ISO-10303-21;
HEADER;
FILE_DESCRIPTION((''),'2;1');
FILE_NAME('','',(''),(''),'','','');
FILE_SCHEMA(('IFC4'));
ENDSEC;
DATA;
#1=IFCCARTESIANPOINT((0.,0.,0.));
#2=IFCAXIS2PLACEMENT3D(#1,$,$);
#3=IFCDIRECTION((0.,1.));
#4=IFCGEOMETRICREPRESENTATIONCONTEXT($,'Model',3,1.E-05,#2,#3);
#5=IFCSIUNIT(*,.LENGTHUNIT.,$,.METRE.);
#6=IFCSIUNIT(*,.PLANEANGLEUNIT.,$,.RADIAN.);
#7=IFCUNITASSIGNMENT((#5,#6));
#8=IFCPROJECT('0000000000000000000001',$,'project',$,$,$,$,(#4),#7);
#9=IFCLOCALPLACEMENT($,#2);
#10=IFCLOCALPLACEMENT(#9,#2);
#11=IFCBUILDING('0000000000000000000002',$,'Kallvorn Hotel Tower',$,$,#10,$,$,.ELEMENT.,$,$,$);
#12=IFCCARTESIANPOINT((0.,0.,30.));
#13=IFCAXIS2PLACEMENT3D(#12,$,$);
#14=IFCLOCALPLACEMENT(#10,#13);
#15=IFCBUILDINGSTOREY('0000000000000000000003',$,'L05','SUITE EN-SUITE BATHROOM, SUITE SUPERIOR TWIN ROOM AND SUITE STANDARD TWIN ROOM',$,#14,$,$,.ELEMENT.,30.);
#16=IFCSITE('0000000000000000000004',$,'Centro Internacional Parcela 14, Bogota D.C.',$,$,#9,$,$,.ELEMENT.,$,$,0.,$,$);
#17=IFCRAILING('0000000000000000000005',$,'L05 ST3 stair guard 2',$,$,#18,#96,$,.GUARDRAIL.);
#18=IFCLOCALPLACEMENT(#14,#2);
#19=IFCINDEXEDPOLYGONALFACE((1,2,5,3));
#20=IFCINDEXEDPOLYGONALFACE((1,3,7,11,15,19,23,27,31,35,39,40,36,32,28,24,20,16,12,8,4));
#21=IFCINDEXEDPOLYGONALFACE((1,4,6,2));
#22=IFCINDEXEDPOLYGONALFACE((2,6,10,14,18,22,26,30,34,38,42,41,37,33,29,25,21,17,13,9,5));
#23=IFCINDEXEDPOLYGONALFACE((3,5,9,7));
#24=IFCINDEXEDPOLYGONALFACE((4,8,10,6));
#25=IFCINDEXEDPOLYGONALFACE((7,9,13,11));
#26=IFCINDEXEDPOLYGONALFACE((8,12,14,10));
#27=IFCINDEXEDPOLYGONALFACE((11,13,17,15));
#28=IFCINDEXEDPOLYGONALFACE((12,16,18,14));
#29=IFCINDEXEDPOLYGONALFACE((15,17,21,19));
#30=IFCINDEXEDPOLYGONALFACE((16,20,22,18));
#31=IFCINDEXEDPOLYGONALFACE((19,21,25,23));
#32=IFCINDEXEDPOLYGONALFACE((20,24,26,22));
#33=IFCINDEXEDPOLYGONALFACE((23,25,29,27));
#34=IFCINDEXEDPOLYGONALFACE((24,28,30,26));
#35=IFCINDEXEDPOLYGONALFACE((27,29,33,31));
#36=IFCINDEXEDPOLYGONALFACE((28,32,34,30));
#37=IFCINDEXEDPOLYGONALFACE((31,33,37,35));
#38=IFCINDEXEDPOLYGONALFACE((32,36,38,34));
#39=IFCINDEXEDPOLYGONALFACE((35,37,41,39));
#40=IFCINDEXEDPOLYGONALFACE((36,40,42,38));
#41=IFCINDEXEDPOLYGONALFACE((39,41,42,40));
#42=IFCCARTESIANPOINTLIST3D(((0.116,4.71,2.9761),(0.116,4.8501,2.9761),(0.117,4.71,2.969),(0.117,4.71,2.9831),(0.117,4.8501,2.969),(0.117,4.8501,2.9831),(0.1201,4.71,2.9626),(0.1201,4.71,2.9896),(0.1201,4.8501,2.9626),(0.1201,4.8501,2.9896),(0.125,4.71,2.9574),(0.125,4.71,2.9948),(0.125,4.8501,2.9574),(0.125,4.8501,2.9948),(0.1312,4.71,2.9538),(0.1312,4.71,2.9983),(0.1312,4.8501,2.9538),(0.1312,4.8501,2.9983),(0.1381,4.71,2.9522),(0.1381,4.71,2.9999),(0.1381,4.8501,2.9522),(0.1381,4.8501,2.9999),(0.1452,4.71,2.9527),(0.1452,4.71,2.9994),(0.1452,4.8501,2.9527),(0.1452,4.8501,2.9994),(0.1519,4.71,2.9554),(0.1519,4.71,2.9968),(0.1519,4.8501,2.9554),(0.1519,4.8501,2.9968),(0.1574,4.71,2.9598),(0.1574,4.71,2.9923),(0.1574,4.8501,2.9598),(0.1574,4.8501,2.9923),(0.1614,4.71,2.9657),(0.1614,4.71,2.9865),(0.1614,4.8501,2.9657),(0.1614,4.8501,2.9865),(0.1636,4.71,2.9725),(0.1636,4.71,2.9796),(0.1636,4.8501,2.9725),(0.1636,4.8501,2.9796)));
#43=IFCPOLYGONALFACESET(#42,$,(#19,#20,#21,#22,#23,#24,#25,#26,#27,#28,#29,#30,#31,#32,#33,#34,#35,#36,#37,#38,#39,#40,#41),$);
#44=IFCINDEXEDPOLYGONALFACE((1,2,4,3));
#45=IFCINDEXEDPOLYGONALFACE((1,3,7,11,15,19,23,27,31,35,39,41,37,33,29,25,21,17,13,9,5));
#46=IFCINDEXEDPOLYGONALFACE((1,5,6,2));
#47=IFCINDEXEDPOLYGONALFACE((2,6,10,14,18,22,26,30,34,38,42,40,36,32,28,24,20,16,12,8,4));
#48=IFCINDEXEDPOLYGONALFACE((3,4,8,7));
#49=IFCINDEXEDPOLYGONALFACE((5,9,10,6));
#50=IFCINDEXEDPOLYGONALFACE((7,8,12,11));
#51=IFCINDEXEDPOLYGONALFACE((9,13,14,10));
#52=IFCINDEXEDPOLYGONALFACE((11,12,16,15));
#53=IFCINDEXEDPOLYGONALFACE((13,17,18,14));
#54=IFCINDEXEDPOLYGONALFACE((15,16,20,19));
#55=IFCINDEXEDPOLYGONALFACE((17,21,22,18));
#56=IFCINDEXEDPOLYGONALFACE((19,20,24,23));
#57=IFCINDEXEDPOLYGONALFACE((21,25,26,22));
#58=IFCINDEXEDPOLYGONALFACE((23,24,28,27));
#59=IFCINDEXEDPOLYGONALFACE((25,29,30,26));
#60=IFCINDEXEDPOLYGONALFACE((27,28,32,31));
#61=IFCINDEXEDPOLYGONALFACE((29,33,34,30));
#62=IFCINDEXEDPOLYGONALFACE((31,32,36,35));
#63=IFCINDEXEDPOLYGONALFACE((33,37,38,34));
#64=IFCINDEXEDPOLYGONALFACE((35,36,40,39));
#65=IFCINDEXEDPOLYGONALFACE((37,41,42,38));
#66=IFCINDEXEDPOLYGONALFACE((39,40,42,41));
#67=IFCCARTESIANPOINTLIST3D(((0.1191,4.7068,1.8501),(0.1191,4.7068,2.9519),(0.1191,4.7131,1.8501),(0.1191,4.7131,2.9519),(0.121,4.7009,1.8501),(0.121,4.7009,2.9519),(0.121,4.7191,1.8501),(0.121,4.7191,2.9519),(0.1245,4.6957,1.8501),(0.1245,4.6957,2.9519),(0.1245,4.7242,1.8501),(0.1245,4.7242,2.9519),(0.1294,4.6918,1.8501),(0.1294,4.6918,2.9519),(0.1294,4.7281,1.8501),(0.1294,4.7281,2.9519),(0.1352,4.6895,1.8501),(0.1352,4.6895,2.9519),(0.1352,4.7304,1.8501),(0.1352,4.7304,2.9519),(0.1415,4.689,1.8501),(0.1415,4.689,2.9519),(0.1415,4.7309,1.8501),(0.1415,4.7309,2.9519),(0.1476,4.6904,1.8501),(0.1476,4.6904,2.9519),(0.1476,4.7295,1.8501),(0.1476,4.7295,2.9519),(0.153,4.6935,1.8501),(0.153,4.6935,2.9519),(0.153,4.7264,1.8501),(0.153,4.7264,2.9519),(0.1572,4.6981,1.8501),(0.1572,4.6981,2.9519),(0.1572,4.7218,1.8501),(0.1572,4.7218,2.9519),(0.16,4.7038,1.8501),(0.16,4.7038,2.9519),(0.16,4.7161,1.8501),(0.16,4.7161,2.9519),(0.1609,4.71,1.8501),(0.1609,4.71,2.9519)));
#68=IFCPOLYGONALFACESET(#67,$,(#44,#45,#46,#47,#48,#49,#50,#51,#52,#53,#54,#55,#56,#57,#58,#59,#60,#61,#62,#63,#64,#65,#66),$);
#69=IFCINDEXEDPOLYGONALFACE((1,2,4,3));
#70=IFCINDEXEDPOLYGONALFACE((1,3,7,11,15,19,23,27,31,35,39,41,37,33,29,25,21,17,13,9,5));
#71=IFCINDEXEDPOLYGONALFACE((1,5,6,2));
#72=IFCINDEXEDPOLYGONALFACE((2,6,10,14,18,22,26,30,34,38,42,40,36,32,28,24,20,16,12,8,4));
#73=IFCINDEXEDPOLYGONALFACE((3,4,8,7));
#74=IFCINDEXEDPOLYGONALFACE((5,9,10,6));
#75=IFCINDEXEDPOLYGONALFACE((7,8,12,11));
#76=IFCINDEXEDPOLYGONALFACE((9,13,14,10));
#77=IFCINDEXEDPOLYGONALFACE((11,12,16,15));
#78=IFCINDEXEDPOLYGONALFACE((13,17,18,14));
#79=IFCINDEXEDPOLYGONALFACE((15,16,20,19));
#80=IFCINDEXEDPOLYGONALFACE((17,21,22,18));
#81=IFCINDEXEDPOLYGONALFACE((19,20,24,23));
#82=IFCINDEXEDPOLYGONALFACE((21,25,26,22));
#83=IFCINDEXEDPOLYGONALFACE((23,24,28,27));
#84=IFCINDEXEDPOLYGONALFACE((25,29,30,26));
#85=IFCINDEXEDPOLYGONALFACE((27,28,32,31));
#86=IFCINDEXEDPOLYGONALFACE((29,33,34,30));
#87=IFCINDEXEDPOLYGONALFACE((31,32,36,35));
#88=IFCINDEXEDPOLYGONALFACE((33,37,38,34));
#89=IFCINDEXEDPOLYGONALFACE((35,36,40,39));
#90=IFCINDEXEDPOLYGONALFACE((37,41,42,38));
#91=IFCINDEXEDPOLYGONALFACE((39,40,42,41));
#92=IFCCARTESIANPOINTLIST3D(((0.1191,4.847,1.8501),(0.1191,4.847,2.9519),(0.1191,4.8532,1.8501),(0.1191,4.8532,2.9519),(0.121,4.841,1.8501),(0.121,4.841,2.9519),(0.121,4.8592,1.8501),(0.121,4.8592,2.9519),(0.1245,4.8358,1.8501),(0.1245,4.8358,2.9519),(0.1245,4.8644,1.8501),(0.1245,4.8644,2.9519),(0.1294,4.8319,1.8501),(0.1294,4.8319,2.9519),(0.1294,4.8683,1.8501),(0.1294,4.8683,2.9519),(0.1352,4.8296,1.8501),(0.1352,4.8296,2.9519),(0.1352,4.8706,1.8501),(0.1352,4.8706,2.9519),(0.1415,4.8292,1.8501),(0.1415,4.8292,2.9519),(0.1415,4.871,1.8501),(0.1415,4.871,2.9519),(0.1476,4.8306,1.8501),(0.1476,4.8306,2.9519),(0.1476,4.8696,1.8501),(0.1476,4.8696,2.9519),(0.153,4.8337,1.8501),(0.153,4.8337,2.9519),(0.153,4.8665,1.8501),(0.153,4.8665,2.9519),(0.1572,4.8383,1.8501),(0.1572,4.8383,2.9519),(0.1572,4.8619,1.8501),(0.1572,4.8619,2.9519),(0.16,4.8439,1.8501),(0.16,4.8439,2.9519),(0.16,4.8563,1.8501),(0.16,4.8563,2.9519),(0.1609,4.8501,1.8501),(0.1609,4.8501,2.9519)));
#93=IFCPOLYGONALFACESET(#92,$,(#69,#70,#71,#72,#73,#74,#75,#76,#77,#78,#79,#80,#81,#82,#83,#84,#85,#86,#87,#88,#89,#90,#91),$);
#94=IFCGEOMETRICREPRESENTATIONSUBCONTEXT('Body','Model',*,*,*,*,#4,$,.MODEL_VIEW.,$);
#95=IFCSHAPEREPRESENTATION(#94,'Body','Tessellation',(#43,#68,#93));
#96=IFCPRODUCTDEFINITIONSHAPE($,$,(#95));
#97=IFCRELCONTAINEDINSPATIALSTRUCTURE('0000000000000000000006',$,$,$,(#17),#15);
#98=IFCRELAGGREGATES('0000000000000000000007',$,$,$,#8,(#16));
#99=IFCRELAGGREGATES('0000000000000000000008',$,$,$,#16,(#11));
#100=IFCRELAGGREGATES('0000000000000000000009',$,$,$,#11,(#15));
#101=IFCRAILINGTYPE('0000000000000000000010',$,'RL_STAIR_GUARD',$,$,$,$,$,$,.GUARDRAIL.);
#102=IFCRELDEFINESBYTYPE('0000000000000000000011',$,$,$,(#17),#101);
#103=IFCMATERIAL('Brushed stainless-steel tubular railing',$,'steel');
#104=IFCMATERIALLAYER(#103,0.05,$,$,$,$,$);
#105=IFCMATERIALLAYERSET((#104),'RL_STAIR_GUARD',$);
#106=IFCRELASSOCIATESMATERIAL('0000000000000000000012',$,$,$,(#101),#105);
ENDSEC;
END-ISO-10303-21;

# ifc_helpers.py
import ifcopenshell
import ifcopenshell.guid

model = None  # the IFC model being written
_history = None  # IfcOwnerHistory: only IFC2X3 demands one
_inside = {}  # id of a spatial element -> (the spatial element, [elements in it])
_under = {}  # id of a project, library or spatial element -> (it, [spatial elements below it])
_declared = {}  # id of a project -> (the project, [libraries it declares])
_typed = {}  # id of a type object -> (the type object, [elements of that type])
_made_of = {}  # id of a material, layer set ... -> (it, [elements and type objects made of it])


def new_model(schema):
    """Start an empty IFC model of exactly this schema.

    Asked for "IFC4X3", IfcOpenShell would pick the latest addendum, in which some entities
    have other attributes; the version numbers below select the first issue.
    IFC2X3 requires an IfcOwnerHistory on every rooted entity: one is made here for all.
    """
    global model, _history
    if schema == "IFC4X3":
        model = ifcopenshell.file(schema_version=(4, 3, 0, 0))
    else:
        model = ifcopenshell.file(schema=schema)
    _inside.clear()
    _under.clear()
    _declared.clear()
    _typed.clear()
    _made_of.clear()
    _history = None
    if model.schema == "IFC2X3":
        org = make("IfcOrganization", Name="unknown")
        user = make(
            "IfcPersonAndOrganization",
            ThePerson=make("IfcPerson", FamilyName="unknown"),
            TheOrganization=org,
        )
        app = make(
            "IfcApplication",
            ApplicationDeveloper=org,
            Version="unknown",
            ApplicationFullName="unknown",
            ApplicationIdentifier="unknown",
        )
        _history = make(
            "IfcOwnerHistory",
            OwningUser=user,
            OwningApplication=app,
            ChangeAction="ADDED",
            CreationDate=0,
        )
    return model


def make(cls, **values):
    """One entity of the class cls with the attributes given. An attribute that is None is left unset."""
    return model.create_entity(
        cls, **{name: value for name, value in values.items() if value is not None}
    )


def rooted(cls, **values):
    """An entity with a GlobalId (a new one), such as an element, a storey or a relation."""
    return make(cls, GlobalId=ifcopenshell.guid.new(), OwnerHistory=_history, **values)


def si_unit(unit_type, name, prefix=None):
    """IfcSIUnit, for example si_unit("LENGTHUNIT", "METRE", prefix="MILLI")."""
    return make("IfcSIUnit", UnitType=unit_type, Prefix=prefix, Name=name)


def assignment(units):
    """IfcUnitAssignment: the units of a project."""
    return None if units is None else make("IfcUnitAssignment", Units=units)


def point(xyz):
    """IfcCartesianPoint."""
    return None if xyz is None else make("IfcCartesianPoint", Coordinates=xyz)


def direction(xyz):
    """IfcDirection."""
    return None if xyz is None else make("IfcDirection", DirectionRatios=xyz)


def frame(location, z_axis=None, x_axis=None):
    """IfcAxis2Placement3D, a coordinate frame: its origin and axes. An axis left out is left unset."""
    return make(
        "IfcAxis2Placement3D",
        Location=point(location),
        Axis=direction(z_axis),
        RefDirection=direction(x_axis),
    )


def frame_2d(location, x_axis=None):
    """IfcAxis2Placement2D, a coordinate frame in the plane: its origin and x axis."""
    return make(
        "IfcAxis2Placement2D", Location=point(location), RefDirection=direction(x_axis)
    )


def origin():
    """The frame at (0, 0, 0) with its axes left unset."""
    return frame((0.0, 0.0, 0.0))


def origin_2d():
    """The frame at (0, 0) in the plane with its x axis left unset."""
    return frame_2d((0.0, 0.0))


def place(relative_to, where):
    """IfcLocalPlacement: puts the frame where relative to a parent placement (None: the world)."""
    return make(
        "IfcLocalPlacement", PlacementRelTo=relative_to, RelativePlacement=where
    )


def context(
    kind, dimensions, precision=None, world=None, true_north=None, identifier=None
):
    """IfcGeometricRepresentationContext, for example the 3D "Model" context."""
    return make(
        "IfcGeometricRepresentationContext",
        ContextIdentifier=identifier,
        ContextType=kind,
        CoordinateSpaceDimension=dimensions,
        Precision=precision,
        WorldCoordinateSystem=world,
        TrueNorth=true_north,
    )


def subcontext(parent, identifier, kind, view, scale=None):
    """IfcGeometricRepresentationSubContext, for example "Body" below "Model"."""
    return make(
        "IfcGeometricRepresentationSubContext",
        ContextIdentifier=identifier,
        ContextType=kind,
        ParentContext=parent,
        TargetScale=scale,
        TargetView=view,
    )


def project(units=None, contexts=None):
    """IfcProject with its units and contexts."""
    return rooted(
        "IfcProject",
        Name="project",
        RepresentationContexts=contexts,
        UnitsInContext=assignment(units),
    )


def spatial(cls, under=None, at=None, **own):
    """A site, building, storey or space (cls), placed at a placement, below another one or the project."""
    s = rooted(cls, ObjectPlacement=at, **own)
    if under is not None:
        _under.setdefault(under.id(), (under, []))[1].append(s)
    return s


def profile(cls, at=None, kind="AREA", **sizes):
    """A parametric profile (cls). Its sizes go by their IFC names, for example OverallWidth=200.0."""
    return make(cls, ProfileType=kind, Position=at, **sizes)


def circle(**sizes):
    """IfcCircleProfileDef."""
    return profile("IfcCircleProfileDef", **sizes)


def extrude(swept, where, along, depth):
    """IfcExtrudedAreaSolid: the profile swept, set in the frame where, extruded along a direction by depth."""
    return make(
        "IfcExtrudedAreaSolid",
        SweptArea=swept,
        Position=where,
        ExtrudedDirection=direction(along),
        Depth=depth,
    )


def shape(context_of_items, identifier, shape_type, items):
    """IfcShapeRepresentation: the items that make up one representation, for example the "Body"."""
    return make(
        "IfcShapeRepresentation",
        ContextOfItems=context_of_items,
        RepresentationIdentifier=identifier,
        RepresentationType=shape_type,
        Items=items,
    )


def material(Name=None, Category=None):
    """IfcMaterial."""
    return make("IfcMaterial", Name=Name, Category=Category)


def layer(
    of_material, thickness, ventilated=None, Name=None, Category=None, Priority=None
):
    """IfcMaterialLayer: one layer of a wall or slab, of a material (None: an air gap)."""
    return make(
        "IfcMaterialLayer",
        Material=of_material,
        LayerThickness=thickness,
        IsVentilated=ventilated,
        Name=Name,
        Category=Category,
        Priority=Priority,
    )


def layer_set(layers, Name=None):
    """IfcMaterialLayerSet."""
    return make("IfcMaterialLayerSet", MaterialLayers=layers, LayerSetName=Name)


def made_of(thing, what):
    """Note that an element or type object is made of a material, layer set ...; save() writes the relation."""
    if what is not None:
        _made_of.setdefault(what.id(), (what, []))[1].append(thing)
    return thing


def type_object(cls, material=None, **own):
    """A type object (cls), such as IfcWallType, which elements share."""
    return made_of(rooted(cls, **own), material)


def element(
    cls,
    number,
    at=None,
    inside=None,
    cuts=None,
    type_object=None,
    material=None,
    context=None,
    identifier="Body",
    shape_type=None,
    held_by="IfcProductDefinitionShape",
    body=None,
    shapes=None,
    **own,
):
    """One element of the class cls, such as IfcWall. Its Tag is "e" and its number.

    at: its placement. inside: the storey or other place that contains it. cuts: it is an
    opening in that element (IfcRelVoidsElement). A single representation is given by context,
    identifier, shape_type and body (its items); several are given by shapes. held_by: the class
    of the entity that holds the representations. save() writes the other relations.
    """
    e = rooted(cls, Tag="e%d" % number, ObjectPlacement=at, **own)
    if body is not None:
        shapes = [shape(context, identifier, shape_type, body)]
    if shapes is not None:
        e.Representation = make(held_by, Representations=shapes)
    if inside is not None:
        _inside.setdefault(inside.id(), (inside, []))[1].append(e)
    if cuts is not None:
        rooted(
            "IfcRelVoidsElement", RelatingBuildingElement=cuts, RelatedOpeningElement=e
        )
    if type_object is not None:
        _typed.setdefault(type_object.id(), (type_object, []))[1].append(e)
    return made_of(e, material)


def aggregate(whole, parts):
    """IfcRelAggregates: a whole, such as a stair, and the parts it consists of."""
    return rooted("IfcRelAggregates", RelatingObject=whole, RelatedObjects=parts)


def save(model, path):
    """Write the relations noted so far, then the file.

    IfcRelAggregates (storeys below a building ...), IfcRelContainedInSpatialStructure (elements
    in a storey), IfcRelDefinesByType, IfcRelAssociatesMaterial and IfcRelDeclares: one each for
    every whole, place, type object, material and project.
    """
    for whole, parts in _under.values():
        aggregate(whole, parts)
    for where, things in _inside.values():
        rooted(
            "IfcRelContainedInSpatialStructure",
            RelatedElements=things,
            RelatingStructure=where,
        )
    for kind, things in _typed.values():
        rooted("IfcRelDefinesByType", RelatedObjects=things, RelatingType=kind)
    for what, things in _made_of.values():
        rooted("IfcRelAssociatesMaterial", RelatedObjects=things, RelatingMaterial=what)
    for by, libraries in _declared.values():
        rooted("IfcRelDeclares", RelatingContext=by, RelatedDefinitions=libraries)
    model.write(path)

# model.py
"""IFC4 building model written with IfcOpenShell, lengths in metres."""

from ifc_helpers import new_model, si_unit, direction, frame, origin, origin_2d, place, context, subcontext, project, spatial, circle, extrude, material, layer, layer_set, type_object, element, save


model = new_model("IFC4")

# Units and contexts
model_context = context("Model", 3, precision=1e-05, world=origin(), true_north=direction((0.0, 1.0)))
body_context = subcontext(model_context, "Body", "Model", "MODEL_VIEW")
ifc_project = project(units=[si_unit("LENGTHUNIT", "METRE"), si_unit("PLANEANGLEUNIT", "RADIAN")], contexts=[model_context])

# Site, building, storey
site_placement = place(None, origin())
site = spatial("IfcSite", under=ifc_project, at=site_placement, Name="Centro Internacional Parcela 14, Bogota D.C.", CompositionType="ELEMENT", RefElevation=0.0)
building_placement = place(site_placement, origin())
building = spatial("IfcBuilding", under=site, at=building_placement, Name="Kallvorn Hotel Tower", CompositionType="ELEMENT")
storey_placement = place(building_placement, frame((0.0, 0.0, 30.0)))
storey = spatial("IfcBuildingStorey", under=building, at=storey_placement, Name="L05", Description="SUITE EN-SUITE BATHROOM, SUITE SUPERIOR TWIN ROOM AND SUITE STANDARD TWIN ROOM", CompositionType="ELEMENT", Elevation=30.0)

# Railing
ifc_material_1 = material(Name="Brushed stainless-steel tubular railing", Category="steel")
ifc_layer_1 = layer(ifc_material_1, 0.05)
ifc_layer_set_1 = layer_set([ifc_layer_1], Name="RL_STAIR_GUARD")
railing_type_1 = type_object("IfcRailingType", Name="RL_STAIR_GUARD", PredefinedType="GUARDRAIL", material=ifc_layer_set_1)
railing_1_placement = place(storey_placement, frame((0.1399, 4.71, 1.8501)))
element("IfcRailing", 1, at=railing_1_placement, inside=storey, type_object=railing_type_1, Name="L05 ST3 stair guard 2", PredefinedType="GUARDRAIL", context=body_context, shape_type="SweptSolid", body=[
    extrude(circle(Radius=0.0239, at=origin_2d()), frame((0.0, 0.0, 1.126), z_axis=(0.0, 1.0, 0.0), x_axis=(-1.0, 0.0, 0.0)), (0.0, 0.0, 1.0), 0.1401),
    extrude(circle(Radius=0.021, at=origin_2d()), origin(), (0.0, 0.0, 1.0), 1.1018),
    extrude(circle(Radius=0.021, at=origin_2d()), frame((0.0, 0.1401, 0.0)), (0.0, 0.0, 1.0), 1.1018),
])

save(model, "model.ifc")
